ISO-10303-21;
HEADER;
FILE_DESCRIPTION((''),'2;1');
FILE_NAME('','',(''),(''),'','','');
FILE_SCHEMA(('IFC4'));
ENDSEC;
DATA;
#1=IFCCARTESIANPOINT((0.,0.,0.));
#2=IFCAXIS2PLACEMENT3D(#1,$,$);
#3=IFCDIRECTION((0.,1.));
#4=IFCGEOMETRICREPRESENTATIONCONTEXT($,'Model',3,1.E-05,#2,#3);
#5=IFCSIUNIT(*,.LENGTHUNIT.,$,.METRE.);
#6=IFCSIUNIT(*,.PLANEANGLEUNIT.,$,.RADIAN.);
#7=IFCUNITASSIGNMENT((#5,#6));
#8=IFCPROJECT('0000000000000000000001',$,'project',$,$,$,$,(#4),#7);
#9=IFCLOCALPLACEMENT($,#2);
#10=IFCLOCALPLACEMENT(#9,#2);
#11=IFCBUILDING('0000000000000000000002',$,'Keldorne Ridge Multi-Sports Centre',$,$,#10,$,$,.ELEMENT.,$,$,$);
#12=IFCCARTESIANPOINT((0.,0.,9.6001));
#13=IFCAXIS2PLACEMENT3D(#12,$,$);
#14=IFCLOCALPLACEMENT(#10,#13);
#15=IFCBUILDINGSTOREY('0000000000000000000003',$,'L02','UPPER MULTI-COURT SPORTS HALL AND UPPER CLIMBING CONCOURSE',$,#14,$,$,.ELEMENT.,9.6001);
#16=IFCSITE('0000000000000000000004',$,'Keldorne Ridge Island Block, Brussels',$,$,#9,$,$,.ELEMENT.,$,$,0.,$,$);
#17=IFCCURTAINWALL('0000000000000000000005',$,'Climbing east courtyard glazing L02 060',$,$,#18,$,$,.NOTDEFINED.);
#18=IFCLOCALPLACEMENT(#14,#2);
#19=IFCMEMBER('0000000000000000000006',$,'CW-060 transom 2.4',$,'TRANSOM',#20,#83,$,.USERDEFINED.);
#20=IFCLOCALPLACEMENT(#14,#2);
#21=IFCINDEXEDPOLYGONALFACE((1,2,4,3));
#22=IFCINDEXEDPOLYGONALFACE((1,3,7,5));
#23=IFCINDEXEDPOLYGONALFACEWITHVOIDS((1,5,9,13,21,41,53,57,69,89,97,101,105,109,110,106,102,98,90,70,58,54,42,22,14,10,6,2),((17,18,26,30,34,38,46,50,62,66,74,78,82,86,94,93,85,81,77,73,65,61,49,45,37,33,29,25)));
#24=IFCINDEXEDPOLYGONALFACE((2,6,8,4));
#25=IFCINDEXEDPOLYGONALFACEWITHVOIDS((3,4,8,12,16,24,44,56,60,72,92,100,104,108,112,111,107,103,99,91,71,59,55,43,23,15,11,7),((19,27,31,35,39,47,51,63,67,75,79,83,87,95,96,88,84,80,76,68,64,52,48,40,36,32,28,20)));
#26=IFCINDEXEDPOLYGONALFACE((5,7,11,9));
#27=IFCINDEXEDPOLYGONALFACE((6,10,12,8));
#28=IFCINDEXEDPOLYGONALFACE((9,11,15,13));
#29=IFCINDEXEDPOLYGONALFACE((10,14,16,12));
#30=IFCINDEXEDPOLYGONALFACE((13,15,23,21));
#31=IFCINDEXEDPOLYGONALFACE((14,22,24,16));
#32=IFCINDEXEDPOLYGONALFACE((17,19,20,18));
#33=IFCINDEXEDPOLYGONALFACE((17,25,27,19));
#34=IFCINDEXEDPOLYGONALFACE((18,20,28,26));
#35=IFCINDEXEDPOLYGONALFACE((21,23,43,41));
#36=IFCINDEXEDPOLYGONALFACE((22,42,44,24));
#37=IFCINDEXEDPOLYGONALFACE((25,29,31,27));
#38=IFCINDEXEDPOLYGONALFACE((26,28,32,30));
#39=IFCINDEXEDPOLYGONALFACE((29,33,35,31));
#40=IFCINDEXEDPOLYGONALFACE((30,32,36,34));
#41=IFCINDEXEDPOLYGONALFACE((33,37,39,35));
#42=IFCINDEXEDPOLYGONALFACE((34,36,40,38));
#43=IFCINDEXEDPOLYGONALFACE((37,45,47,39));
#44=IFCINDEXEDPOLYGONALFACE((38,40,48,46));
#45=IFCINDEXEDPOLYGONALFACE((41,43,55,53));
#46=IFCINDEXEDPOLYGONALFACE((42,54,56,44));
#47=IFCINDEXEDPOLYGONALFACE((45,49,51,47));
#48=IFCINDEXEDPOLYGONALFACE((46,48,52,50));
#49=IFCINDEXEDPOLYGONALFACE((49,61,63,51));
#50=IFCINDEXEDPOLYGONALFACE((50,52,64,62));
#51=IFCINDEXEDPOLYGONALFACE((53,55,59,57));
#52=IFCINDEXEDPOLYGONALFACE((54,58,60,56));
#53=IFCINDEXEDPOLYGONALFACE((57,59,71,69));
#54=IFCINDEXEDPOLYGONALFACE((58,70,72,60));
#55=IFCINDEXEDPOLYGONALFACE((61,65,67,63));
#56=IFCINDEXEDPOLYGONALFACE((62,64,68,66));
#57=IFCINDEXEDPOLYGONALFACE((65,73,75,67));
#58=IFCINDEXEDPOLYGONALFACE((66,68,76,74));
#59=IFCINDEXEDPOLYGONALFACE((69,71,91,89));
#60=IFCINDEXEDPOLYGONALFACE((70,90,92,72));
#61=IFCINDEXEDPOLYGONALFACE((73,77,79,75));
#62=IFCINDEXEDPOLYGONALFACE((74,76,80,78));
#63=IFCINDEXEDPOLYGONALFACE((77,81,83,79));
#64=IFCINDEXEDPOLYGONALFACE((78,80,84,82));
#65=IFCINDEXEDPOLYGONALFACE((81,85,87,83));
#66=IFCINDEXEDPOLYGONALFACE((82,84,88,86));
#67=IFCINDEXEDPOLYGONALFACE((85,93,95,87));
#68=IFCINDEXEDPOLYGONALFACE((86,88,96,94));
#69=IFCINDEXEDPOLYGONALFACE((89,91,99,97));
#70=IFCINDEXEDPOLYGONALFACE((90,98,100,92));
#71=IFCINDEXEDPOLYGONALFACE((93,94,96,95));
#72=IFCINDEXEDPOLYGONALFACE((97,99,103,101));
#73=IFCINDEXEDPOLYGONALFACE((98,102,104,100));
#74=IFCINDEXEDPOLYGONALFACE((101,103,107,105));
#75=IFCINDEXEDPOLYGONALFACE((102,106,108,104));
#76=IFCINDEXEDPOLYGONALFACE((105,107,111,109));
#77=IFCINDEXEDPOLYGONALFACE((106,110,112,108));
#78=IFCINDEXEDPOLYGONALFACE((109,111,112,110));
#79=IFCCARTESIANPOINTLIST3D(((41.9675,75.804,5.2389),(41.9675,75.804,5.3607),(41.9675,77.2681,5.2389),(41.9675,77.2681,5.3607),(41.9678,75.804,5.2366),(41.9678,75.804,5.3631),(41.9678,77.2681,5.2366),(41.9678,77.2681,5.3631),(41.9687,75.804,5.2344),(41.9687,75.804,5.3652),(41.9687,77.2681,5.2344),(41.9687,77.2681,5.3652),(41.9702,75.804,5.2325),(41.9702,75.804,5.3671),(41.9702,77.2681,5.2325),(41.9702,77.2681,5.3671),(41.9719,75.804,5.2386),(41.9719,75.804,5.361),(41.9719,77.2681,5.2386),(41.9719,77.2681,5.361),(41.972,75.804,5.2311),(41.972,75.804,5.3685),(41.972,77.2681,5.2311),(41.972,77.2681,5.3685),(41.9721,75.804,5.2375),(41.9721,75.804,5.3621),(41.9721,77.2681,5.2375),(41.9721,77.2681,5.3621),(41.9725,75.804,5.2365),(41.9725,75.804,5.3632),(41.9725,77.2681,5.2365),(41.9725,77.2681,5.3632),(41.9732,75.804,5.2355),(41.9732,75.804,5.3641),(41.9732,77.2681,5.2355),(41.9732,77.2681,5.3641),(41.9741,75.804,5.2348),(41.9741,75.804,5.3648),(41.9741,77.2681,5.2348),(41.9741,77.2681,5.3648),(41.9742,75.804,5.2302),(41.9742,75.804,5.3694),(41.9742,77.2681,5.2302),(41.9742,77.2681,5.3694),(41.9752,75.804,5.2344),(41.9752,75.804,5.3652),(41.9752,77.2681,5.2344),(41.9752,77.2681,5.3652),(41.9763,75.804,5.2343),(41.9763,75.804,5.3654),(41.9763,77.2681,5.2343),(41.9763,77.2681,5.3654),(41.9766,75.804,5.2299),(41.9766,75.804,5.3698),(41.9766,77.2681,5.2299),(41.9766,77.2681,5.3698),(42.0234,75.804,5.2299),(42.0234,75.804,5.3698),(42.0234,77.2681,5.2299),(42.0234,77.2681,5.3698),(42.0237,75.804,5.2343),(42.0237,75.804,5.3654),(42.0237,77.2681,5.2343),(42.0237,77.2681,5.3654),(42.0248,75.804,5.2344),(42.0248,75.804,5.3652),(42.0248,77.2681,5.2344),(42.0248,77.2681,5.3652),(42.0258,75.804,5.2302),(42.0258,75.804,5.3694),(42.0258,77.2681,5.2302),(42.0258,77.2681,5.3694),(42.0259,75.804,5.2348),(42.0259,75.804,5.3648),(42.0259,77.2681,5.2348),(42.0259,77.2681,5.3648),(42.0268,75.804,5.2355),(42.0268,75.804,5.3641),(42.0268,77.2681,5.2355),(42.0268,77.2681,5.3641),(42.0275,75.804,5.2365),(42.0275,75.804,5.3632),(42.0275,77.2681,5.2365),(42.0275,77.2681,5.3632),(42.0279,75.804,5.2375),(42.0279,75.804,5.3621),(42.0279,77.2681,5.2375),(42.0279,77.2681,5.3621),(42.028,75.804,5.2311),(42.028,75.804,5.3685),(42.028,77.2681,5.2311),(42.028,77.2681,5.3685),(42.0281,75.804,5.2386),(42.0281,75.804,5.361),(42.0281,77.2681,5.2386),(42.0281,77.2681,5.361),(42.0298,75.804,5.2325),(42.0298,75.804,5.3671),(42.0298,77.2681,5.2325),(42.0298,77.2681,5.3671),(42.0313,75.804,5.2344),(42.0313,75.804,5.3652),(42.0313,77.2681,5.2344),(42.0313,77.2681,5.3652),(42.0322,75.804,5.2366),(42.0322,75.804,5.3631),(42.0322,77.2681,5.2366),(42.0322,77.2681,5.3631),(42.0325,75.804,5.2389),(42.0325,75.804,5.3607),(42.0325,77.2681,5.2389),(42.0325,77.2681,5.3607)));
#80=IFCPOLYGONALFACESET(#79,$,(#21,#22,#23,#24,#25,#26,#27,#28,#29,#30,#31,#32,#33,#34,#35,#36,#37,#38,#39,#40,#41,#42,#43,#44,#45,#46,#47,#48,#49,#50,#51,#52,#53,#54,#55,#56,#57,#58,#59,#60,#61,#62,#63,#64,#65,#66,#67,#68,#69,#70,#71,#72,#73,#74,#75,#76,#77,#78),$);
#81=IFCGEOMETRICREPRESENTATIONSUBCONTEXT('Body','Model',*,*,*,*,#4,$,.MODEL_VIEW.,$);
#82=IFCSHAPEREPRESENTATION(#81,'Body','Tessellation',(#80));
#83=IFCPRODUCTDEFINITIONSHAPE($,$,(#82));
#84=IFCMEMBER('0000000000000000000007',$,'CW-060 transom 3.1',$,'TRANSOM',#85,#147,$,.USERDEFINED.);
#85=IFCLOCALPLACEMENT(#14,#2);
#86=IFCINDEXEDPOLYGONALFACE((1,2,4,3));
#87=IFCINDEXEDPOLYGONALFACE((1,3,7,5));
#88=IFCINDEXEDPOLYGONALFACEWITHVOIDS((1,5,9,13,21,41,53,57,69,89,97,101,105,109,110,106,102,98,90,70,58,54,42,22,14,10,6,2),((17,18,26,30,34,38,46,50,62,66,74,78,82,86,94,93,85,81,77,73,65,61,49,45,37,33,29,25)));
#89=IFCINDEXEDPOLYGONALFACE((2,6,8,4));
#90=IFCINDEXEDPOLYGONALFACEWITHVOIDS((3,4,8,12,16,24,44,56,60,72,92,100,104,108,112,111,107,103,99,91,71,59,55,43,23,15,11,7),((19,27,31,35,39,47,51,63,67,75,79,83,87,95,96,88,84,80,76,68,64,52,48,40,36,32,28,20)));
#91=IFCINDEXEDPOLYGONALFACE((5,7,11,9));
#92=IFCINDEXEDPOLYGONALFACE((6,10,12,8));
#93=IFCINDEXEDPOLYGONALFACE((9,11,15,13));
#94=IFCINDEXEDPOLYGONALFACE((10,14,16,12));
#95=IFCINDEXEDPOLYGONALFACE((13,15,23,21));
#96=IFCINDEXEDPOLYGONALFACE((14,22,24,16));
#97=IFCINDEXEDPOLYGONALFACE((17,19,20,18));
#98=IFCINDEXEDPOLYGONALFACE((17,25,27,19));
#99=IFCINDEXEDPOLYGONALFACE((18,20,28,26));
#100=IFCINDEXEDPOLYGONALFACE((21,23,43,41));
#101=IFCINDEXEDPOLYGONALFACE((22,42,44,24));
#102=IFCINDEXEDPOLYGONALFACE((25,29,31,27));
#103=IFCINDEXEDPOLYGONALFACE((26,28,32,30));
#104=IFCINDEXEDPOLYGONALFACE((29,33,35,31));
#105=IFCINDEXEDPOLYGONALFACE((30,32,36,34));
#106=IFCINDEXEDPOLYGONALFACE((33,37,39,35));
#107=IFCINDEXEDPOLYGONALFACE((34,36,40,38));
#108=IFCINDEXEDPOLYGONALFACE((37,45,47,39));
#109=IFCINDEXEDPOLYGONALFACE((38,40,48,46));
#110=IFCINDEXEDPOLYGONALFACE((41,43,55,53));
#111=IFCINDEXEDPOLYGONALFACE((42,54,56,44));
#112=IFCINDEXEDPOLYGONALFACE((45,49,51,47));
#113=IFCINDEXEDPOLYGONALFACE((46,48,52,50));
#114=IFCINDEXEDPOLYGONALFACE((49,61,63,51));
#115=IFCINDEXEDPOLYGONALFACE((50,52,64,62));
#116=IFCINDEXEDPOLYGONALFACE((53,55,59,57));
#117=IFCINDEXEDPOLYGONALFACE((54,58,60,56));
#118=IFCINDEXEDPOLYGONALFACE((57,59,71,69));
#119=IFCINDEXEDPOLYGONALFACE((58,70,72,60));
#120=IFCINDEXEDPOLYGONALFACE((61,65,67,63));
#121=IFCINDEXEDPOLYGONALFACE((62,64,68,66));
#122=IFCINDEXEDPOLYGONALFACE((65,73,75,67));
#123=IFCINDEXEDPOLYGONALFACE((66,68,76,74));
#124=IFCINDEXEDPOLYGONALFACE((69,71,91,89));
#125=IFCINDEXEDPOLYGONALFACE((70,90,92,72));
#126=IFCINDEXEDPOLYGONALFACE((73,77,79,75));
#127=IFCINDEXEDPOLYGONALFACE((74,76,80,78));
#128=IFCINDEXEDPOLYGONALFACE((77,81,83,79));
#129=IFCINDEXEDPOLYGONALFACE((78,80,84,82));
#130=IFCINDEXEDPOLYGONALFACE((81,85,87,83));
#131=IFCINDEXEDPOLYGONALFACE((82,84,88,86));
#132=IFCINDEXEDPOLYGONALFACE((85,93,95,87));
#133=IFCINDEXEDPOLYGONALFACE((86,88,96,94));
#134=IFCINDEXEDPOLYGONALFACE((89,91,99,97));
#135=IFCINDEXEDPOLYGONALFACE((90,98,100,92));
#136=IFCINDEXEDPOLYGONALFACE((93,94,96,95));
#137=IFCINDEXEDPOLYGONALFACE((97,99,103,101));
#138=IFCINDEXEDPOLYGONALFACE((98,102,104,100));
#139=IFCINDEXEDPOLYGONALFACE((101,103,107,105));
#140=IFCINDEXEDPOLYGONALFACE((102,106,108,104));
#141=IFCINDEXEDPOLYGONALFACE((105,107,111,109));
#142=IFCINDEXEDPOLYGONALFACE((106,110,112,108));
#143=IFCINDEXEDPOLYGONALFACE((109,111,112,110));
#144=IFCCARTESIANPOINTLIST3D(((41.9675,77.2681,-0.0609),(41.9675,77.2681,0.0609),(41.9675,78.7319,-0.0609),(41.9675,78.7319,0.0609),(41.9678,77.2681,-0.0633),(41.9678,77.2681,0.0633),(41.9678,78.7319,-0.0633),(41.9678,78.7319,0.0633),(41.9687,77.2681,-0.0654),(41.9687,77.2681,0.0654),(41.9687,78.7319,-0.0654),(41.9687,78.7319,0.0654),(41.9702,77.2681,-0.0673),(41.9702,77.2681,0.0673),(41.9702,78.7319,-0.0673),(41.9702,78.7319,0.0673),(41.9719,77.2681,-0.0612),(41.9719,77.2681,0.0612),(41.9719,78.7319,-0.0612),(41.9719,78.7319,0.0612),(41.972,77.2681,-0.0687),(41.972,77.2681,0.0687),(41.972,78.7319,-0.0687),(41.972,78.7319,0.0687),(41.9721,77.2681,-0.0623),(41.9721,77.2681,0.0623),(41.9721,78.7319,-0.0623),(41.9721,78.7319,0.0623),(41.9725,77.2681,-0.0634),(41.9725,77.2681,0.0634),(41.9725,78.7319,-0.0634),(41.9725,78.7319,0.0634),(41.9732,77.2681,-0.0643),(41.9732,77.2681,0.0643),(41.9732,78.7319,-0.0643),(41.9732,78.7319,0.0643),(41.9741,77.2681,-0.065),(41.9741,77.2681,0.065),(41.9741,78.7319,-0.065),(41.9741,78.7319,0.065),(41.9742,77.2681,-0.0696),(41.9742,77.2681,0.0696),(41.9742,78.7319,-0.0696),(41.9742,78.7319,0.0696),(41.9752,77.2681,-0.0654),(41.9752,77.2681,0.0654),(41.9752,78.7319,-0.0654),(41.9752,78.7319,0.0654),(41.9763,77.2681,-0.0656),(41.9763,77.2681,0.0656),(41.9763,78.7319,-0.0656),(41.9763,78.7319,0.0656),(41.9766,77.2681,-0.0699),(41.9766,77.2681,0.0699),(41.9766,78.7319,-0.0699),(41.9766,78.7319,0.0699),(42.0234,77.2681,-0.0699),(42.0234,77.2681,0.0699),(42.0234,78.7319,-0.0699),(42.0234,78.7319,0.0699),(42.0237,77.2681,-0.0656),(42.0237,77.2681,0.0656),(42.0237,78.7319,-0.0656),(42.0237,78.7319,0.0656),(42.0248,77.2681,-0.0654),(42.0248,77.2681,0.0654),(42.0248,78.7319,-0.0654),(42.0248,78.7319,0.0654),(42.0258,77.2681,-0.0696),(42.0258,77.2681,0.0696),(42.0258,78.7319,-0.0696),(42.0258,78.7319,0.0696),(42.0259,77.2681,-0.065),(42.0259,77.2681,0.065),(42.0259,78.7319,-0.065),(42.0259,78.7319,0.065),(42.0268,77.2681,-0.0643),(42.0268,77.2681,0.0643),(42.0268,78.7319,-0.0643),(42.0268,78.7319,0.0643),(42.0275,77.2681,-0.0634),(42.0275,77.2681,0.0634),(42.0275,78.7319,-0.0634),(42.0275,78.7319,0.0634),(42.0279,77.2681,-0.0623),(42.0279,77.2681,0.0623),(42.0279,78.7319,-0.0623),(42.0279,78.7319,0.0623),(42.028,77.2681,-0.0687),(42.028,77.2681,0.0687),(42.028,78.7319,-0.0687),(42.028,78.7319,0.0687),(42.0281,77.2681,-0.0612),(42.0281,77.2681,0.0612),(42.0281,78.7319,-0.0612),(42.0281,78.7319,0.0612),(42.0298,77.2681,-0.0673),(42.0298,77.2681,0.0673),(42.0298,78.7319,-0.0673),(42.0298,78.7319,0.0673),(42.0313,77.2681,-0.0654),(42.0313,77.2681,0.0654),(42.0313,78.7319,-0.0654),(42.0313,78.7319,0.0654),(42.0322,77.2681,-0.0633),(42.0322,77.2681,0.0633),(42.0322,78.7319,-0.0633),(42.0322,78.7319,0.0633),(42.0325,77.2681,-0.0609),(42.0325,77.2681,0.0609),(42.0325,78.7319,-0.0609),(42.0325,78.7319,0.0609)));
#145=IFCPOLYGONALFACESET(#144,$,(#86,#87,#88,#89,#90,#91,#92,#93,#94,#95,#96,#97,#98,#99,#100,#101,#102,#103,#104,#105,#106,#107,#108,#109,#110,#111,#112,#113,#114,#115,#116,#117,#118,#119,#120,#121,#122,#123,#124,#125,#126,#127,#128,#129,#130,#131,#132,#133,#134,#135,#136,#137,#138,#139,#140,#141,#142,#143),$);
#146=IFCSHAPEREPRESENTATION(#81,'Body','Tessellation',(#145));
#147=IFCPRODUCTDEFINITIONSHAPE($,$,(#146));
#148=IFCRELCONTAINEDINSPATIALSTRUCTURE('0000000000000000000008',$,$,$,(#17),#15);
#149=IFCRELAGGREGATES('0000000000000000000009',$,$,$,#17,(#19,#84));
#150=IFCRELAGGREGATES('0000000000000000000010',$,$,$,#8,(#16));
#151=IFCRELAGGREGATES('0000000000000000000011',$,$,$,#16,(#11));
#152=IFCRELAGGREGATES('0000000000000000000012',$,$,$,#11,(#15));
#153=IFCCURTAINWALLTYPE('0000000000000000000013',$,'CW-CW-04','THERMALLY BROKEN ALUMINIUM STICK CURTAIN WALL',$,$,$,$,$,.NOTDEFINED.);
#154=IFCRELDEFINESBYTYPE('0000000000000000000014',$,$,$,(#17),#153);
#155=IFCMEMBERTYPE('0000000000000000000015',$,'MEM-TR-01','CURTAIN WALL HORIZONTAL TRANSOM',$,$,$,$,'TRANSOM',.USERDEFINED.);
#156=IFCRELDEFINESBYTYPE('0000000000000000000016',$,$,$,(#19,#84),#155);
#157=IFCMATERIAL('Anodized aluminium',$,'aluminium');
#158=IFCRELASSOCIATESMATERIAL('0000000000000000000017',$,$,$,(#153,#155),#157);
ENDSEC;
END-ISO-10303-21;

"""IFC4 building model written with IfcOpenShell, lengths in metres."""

from ifc_helpers import new_model, si_unit, direction, frame, origin, origin_2d, place, context, subcontext, project, spatial, hollow_rectangle, extrude, material, material_profile, profile_set, type_object, element, aggregate, save


model = new_model("IFC4")

# Units and contexts
model_context = context("Model", 3, precision=1e-05, world=origin(), true_north=direction((0.0, 1.0)))
body_context = subcontext(model_context, "Body", "Model", "MODEL_VIEW")
ifc_project = project(units=[si_unit("LENGTHUNIT", "METRE"), si_unit("PLANEANGLEUNIT", "RADIAN")], contexts=[model_context])

# Site, building, storey
site_placement = place(None, origin())
site = spatial("IfcSite", under=ifc_project, at=site_placement, Name="Keldorne Ridge Island Block, Brussels", CompositionType="ELEMENT", RefElevation=0.0)
building_placement = place(site_placement, origin())
building = spatial("IfcBuilding", under=site, at=building_placement, Name="Keldorne Ridge Multi-Sports Centre", CompositionType="ELEMENT")
storey_placement = place(building_placement, frame((0.0, 0.0, 9.6001)))
storey = spatial("IfcBuildingStorey", under=building, at=storey_placement, Name="L02", Description="UPPER MULTI-COURT SPORTS HALL AND UPPER CLIMBING CONCOURSE", CompositionType="ELEMENT", Elevation=9.6001)

# Curtain wall, members
ifc_material_1 = material(Name="Anodized aluminium", Category="aluminium")
curtain_wall_type = type_object("IfcCurtainWallType", Name="CW-CW-04", Description="THERMALLY BROKEN ALUMINIUM STICK CURTAIN WALL", PredefinedType="NOTDEFINED", material=ifc_material_1)
curtain_wall_placement = place(storey_placement, origin())
curtain_wall = element("IfcCurtainWall", 1, at=curtain_wall_placement, inside=storey, type_object=curtain_wall_type, Name="Climbing east courtyard glazing L02 060", PredefinedType="NOTDEFINED")
ifc_material_profile_1 = material_profile(ifc_material_1, hollow_rectangle(XDim=0.0649, YDim=0.1399, WallThickness=0.0044, InnerFilletRadius=0.0044, OuterFilletRadius=0.009, at=origin_2d()), Name="ALU TRANSOM 140x65x4.5")
ifc_profile_set_1 = profile_set([ifc_material_profile_1], Name="Anodized aluminium")
member_type_1 = type_object("IfcMemberType", Name="MEM-TR-01", Description="CURTAIN WALL HORIZONTAL TRANSOM", ElementType="TRANSOM", PredefinedType="USERDEFINED", material=ifc_profile_set_1)
member_1_placement = place(storey_placement, frame((42.0, 75.804, 5.2998), z_axis=(0.0, 1.0, 0.0), x_axis=(-1.0, 0.0, 0.0)))
member_1 = element("IfcMember", 2, at=member_1_placement, type_object=member_type_1, Name="CW-060 transom 2.4", ObjectType="TRANSOM", PredefinedType="USERDEFINED", context=body_context, shape_type="SweptSolid", body=[
    extrude(hollow_rectangle(XDim=0.0649, YDim=0.1399, WallThickness=0.0044, InnerFilletRadius=0.0044, OuterFilletRadius=0.009, at=origin_2d()), origin(), (0.0, 0.0, 1.0), 1.4641),
])
member_2_placement = place(storey_placement, frame((42.0, 77.2681, 0.0), z_axis=(0.0, 1.0, 0.0), x_axis=(-1.0, 0.0, 0.0)))
member_2 = element("IfcMember", 3, at=member_2_placement, type_object=member_type_1, Name="CW-060 transom 3.1", ObjectType="TRANSOM", PredefinedType="USERDEFINED", context=body_context, shape_type="SweptSolid", body=[
    extrude(hollow_rectangle(XDim=0.0649, YDim=0.1399, WallThickness=0.0044, InnerFilletRadius=0.0044, OuterFilletRadius=0.009, at=origin_2d()), origin(), (0.0, 0.0, 1.0), 1.4639),
])
aggregate(curtain_wall, [member_1, member_2])

save(model, "model.ifc")
